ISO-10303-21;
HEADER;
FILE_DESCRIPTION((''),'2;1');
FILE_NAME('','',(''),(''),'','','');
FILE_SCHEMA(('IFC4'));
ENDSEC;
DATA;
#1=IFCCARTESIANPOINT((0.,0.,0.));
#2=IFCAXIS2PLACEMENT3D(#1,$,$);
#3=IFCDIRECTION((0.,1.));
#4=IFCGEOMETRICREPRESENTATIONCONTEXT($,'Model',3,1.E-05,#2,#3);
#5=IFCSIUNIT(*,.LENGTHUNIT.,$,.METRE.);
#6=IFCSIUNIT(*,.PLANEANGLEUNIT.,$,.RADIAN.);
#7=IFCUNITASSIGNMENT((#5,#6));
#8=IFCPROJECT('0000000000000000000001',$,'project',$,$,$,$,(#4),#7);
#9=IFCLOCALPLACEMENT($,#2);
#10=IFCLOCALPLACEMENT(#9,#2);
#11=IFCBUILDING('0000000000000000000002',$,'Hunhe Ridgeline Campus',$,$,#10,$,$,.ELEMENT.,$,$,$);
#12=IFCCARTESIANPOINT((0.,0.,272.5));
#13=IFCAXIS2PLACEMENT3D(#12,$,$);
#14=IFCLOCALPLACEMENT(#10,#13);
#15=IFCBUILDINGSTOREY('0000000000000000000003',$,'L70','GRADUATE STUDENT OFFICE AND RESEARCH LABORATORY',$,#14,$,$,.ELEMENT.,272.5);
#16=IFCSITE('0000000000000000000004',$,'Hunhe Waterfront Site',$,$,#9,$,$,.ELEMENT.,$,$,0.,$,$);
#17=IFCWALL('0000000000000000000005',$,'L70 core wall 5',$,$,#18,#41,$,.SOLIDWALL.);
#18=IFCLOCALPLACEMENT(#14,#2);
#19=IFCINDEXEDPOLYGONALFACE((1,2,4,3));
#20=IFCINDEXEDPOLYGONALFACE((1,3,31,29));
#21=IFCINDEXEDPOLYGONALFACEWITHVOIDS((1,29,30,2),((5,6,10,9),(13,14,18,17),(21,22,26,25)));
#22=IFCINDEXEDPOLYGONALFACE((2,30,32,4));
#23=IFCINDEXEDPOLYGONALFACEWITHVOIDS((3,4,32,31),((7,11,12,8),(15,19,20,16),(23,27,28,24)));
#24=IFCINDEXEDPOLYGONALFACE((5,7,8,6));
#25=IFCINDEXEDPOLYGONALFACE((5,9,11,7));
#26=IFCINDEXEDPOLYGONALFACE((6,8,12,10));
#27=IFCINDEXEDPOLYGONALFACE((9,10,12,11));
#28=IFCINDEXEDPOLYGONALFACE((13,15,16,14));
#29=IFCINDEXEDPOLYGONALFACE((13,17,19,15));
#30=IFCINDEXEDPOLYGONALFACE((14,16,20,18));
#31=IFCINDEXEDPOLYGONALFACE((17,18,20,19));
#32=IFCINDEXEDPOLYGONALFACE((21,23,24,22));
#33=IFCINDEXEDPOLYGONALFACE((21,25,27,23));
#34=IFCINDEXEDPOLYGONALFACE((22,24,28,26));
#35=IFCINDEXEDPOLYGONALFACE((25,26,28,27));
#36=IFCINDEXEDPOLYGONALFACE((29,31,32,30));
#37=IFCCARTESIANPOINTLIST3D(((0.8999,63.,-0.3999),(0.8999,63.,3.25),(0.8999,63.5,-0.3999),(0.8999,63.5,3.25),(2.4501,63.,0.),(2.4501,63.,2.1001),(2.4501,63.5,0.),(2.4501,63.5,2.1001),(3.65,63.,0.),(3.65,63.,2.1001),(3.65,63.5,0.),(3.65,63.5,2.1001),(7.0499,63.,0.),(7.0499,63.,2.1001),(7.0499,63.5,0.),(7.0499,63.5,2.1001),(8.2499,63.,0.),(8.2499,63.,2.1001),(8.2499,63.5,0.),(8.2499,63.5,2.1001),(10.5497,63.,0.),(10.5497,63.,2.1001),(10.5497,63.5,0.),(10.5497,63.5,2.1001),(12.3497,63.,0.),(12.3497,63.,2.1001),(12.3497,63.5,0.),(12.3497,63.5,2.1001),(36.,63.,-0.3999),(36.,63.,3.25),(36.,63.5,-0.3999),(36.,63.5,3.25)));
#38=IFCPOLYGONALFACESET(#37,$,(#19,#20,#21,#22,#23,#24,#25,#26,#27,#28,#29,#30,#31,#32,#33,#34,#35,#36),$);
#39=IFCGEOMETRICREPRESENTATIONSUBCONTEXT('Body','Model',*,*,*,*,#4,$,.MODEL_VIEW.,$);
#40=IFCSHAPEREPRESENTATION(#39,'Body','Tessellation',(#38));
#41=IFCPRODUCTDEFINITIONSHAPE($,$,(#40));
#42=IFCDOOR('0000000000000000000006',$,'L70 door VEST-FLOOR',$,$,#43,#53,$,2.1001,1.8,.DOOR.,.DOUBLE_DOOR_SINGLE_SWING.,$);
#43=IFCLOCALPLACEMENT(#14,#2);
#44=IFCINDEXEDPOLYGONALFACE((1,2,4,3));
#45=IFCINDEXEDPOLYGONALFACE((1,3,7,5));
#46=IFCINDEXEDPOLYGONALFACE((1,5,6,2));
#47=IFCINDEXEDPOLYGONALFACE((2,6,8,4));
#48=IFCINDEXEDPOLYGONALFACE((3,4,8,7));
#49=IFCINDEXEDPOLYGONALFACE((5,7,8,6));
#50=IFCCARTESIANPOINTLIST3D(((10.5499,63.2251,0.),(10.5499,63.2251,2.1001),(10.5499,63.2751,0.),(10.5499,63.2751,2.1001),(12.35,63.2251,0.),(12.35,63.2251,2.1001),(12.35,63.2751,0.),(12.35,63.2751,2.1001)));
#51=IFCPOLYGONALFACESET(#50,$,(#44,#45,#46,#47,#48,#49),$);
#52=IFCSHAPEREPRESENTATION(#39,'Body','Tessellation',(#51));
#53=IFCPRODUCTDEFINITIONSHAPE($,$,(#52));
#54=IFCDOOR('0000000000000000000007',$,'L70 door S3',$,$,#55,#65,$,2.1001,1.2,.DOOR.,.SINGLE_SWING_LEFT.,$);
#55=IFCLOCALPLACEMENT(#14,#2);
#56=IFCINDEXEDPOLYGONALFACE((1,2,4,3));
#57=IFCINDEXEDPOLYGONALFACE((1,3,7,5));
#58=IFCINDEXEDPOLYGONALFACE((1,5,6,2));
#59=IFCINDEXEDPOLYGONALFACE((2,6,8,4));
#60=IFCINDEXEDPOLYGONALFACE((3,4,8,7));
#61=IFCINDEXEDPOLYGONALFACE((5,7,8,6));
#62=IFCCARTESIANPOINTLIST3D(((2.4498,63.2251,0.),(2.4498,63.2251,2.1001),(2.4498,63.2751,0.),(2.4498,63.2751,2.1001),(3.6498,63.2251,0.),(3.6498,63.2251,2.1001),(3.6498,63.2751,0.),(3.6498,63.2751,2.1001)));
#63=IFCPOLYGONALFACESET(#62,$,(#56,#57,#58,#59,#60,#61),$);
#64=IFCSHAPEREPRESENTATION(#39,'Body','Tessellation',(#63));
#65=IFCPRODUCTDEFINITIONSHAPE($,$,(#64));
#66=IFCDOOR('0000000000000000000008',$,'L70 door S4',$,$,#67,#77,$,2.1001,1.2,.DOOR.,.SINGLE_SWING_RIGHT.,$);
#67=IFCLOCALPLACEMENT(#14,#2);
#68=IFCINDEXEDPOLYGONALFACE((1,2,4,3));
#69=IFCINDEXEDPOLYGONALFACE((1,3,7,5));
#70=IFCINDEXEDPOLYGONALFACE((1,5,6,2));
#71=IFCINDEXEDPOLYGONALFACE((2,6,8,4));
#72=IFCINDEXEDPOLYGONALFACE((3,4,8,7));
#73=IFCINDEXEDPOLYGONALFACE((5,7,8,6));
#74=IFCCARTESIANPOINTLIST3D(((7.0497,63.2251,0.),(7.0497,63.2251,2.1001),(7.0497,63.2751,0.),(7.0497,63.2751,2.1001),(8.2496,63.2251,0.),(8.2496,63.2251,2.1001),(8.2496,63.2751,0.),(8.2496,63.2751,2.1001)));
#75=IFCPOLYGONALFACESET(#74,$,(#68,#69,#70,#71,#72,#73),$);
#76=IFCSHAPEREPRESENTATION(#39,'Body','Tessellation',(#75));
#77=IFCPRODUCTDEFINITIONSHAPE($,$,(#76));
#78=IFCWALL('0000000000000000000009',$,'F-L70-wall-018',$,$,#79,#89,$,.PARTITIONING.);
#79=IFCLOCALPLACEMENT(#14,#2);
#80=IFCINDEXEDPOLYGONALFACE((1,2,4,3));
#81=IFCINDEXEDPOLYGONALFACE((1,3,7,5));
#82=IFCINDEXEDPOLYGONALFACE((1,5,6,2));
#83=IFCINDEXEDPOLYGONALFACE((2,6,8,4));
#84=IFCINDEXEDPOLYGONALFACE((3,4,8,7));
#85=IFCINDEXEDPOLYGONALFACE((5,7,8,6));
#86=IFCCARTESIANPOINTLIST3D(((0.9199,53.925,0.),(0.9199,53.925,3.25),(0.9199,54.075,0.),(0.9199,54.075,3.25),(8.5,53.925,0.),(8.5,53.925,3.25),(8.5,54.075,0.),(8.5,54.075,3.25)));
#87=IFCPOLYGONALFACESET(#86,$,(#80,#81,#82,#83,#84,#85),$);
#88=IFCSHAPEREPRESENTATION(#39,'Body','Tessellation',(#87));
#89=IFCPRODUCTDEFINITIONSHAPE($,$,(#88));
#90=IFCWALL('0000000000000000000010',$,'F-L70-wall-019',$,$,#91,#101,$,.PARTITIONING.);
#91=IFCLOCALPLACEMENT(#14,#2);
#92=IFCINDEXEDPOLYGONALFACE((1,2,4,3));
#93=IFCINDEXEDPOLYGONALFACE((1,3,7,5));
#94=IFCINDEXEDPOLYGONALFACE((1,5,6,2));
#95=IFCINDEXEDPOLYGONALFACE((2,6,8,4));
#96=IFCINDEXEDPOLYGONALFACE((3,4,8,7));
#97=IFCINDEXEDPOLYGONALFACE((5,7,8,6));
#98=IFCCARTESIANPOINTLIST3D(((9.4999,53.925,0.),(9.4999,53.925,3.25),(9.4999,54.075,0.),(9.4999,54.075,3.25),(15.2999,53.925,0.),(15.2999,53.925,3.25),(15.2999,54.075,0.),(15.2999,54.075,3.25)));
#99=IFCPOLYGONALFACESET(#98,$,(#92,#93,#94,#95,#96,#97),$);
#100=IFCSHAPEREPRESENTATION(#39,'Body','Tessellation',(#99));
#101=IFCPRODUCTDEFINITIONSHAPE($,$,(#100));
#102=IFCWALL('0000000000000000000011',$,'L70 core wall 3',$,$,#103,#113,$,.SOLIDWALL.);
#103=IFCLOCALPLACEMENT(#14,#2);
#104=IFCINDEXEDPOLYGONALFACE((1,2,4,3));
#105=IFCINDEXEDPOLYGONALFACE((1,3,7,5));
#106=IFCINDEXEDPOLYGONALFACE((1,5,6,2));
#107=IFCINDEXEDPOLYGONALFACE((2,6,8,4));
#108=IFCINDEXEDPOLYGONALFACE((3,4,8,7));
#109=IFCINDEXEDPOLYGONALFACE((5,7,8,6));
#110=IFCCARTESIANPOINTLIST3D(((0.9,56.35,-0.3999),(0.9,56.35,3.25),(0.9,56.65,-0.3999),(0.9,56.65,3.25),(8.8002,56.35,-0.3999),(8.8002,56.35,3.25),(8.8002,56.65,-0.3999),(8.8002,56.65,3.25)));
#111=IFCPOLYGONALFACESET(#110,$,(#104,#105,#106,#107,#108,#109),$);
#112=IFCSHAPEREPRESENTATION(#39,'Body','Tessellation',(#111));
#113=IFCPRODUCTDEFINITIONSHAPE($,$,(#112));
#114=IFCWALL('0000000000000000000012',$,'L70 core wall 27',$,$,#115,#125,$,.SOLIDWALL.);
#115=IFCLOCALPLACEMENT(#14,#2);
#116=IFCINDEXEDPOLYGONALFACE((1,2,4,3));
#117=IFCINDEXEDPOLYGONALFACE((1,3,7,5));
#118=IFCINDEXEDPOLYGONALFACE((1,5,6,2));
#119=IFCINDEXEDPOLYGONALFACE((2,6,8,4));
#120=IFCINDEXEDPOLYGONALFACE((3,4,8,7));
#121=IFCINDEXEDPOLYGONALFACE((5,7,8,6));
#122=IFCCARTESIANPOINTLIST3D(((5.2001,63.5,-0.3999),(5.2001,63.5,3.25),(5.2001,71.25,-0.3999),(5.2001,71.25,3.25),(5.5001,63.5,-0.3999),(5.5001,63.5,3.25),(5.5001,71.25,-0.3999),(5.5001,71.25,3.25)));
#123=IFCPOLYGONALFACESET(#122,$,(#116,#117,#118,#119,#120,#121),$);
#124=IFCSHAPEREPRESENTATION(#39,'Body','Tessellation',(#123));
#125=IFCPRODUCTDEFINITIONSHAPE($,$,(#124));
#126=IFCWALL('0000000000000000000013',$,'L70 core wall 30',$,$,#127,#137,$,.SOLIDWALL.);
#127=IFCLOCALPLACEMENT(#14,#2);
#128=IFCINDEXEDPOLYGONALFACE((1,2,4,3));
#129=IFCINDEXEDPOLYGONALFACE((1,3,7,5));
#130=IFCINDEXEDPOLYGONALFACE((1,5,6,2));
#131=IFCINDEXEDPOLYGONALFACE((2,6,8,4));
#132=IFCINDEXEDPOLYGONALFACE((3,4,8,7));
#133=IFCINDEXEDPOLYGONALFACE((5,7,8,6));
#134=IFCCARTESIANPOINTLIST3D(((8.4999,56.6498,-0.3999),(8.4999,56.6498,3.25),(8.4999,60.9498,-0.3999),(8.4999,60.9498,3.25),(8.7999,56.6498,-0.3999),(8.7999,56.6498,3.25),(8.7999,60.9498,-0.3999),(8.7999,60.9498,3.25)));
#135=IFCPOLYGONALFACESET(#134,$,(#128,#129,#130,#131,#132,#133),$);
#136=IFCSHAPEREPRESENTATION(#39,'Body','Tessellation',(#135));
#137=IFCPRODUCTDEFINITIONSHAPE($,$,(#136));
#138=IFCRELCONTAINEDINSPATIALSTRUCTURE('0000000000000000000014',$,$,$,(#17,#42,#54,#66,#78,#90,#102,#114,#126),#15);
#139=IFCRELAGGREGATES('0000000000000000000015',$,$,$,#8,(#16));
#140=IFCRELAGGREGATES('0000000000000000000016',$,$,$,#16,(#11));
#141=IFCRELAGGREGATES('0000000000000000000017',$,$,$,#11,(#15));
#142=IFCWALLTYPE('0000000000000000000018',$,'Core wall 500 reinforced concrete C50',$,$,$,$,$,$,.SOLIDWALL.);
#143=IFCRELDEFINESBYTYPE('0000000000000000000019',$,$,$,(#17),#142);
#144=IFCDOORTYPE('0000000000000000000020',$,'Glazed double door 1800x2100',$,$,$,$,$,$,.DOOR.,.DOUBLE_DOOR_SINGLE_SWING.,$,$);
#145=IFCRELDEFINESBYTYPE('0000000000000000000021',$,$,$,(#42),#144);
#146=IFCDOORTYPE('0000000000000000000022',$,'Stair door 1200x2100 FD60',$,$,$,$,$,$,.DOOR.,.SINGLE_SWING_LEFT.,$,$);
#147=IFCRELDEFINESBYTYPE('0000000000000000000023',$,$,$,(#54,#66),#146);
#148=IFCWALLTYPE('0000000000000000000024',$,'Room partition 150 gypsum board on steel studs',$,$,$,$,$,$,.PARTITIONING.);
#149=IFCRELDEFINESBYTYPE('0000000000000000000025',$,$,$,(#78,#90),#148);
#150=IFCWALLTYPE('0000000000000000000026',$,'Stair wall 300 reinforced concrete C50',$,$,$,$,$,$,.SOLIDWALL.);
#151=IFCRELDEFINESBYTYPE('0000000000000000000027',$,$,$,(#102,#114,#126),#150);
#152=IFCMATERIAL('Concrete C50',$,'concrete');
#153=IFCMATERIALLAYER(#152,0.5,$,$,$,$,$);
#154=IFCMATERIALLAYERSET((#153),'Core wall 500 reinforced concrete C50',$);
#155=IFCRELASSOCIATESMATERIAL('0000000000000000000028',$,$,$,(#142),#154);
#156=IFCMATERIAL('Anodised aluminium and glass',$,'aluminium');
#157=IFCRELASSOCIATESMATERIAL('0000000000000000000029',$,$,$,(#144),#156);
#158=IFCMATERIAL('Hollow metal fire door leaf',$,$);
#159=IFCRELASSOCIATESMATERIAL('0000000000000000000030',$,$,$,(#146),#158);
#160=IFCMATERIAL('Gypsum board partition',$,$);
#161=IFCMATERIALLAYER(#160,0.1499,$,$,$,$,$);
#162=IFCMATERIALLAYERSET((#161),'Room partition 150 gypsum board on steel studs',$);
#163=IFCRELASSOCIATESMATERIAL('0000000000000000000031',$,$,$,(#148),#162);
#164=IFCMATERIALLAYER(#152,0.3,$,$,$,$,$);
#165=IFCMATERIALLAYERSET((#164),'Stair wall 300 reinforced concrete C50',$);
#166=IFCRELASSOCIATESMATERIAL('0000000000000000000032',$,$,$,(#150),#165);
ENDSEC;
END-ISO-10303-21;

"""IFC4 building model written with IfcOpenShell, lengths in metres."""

from ifc_helpers import new_model, si_unit, direction, frame, frame_2d, origin, place, context, subcontext, project, spatial, rectangle, extrude, material, layer, layer_set, type_object, element, fill, save


model = new_model("IFC4")

# Units and contexts
model_context = context("Model", 3, precision=1e-05, world=origin(), true_north=direction((0.0, 1.0)))
body_context = subcontext(model_context, "Body", "Model", "MODEL_VIEW")
ifc_project = project(units=[si_unit("LENGTHUNIT", "METRE"), si_unit("PLANEANGLEUNIT", "RADIAN")], contexts=[model_context])

# Site, building, storey
site_placement = place(None, origin())
site = spatial("IfcSite", under=ifc_project, at=site_placement, Name="Hunhe Waterfront Site", CompositionType="ELEMENT", RefElevation=0.0)
building_placement = place(site_placement, origin())
building = spatial("IfcBuilding", under=site, at=building_placement, Name="Hunhe Ridgeline Campus", CompositionType="ELEMENT")
storey_placement = place(building_placement, frame((0.0, 0.0, 272.5)))
storey = spatial("IfcBuildingStorey", under=building, at=storey_placement, Name="L70", Description="GRADUATE STUDENT OFFICE AND RESEARCH LABORATORY", CompositionType="ELEMENT", Elevation=272.5)

# Wall, openings, doors
ifc_material_1 = material(Name="Concrete C50", Category="concrete")
ifc_layer_1 = layer(ifc_material_1, 0.5)
ifc_layer_set_1 = layer_set([ifc_layer_1], Name="Core wall 500 reinforced concrete C50")
wall_type_1 = type_object("IfcWallType", Name="Core wall 500 reinforced concrete C50", PredefinedType="SOLIDWALL", material=ifc_layer_set_1)
wall_1_placement = place(storey_placement, frame((0.8999, 63.25, -0.3999), z_axis=(0.0, 0.0, 1.0), x_axis=(1.0, 0.0, 0.0)))
wall_1 = element("IfcWall", 1, at=wall_1_placement, inside=storey, type_object=wall_type_1, Name="L70 core wall 5", PredefinedType="SOLIDWALL", context=body_context, shape_type="SweptSolid", body=[
    extrude(rectangle(XDim=35.1001, YDim=0.5, at=frame_2d((17.55, 0.0))), origin(), (0.0, 0.0, 1.0), 3.6499),
])
opening_1_placement = place(wall_1_placement, frame((9.6499, 0.0, 0.3999)))
opening_1 = element("IfcOpeningElement", 2, at=opening_1_placement, cuts=wall_1, PredefinedType="OPENING", context=body_context, shape_type="SweptSolid", body=[
    extrude(rectangle(XDim=1.8, YDim=2.1001, at=frame_2d((0.8999, 1.05))), frame((0.0, 0.25, 0.0), z_axis=(0.0, -1.0, 0.0), x_axis=(1.0, 0.0, 0.0)), (0.0, 0.0, 1.0), 0.5),
])
opening_2_placement = place(wall_1_placement, frame((1.55, 0.0, 0.3999)))
opening_2 = element("IfcOpeningElement", 3, at=opening_2_placement, cuts=wall_1, PredefinedType="OPENING", context=body_context, shape_type="SweptSolid", body=[
    extrude(rectangle(XDim=1.2, YDim=2.1001, at=frame_2d((0.6001, 1.05))), frame((0.0, 0.25, 0.0), z_axis=(0.0, -1.0, 0.0), x_axis=(1.0, 0.0, 0.0)), (0.0, 0.0, 1.0), 0.5),
])
opening_3_placement = place(wall_1_placement, frame((6.1499, 0.0, 0.3999)))
opening_3 = element("IfcOpeningElement", 4, at=opening_3_placement, cuts=wall_1, PredefinedType="OPENING", context=body_context, shape_type="SweptSolid", body=[
    extrude(rectangle(XDim=1.2, YDim=2.1001, at=frame_2d((0.6001, 1.05))), frame((0.0, 0.25, 0.0), z_axis=(0.0, -1.0, 0.0), x_axis=(1.0, 0.0, 0.0)), (0.0, 0.0, 1.0), 0.5),
])
ifc_material_2 = material(Name="Anodised aluminium and glass", Category="aluminium")
door_type_1 = type_object("IfcDoorType", Name="Glazed double door 1800x2100", OperationType="DOUBLE_DOOR_SINGLE_SWING", PredefinedType="DOOR", material=ifc_material_2)
door_1_placement = place(opening_1_placement, frame((1.8, 0.0, 0.0), z_axis=(0.0, 0.0, 1.0), x_axis=(-1.0, 0.0, 0.0)))
door_1 = element("IfcDoor", 5, at=door_1_placement, inside=storey, type_object=door_type_1, Name="L70 door VEST-FLOOR", OperationType="DOUBLE_DOOR_SINGLE_SWING", OverallHeight=2.1001, OverallWidth=1.8, PredefinedType="DOOR", context=body_context, shape_type="SweptSolid", body=[
    extrude(rectangle(XDim=1.8, YDim=2.1001, at=frame_2d((0.8999, 1.05))), frame((0.0, 0.0249, 0.0), z_axis=(0.0, -1.0, 0.0), x_axis=(1.0, 0.0, 0.0)), (0.0, 0.0, 1.0), 0.05),
])
fill(opening_1, door_1)
ifc_material_3 = material(Name="Hollow metal fire door leaf")
door_type_2 = type_object("IfcDoorType", Name="Stair door 1200x2100 FD60", OperationType="SINGLE_SWING_LEFT", PredefinedType="DOOR", material=ifc_material_3)
door_2_placement = place(opening_2_placement, frame((1.2, 0.0, 0.0), z_axis=(0.0, 0.0, 1.0), x_axis=(-1.0, 0.0, 0.0)))
door_2 = element("IfcDoor", 6, at=door_2_placement, inside=storey, type_object=door_type_2, Name="L70 door S3", OperationType="SINGLE_SWING_LEFT", OverallHeight=2.1001, OverallWidth=1.2, PredefinedType="DOOR", context=body_context, shape_type="SweptSolid", body=[
    extrude(rectangle(XDim=1.2, YDim=2.1001, at=frame_2d((0.6001, 1.05))), frame((0.0, 0.0249, 0.0), z_axis=(0.0, -1.0, 0.0), x_axis=(1.0, 0.0, 0.0)), (0.0, 0.0, 1.0), 0.05),
])
fill(opening_2, door_2)
door_3_placement = place(opening_3_placement, frame((1.2, 0.0, 0.0), z_axis=(0.0, 0.0, 1.0), x_axis=(-1.0, 0.0, 0.0)))
door_3 = element("IfcDoor", 7, at=door_3_placement, inside=storey, type_object=door_type_2, Name="L70 door S4", OperationType="SINGLE_SWING_RIGHT", OverallHeight=2.1001, OverallWidth=1.2, PredefinedType="DOOR", context=body_context, shape_type="SweptSolid", body=[
    extrude(rectangle(XDim=1.2, YDim=2.1001, at=frame_2d((0.6001, 1.05))), frame((0.0, 0.0249, 0.0), z_axis=(0.0, -1.0, 0.0), x_axis=(1.0, 0.0, 0.0)), (0.0, 0.0, 1.0), 0.05),
])
fill(opening_3, door_3)

# Walls
ifc_material_4 = material(Name="Gypsum board partition")
ifc_layer_2 = layer(ifc_material_4, 0.1499)
ifc_layer_set_2 = layer_set([ifc_layer_2], Name="Room partition 150 gypsum board on steel studs")
wall_type_2 = type_object("IfcWallType", Name="Room partition 150 gypsum board on steel studs", PredefinedType="PARTITIONING", material=ifc_layer_set_2)
wall_2_placement = place(storey_placement, frame((0.9199, 54.0, 0.0), z_axis=(0.0, 0.0, 1.0), x_axis=(1.0, 0.0, 0.0)))
element("IfcWall", 8, at=wall_2_placement, inside=storey, type_object=wall_type_2, Name="F-L70-wall-018", PredefinedType="PARTITIONING", context=body_context, shape_type="SweptSolid", body=[
    extrude(rectangle(XDim=7.5801, YDim=0.1499, at=frame_2d((3.79, 0.0))), origin(), (0.0, 0.0, 1.0), 3.25),
])
wall_3_placement = place(storey_placement, frame((9.5, 54.0, 0.0), z_axis=(0.0, 0.0, 1.0), x_axis=(1.0, 0.0, 0.0)))
element("IfcWall", 9, at=wall_3_placement, inside=storey, type_object=wall_type_2, Name="F-L70-wall-019", PredefinedType="PARTITIONING", context=body_context, shape_type="SweptSolid", body=[
    extrude(rectangle(XDim=5.8, YDim=0.1499, at=frame_2d((2.8999, 0.0))), origin(), (0.0, 0.0, 1.0), 3.25),
])
ifc_layer_3 = layer(ifc_material_1, 0.3)
ifc_layer_set_3 = layer_set([ifc_layer_3], Name="Stair wall 300 reinforced concrete C50")
wall_type_3 = type_object("IfcWallType", Name="Stair wall 300 reinforced concrete C50", PredefinedType="SOLIDWALL", material=ifc_layer_set_3)
wall_4_placement = place(storey_placement, frame((0.8999, 56.5, -0.3999), z_axis=(0.0, 0.0, 1.0), x_axis=(1.0, 0.0, 0.0)))
element("IfcWall", 10, at=wall_4_placement, inside=storey, type_object=wall_type_3, Name="L70 core wall 3", PredefinedType="SOLIDWALL", context=body_context, shape_type="SweptSolid", body=[
    extrude(rectangle(XDim=7.9001, YDim=0.3, at=frame_2d((3.9502, 0.0))), origin(), (0.0, 0.0, 1.0), 3.6499),
])

# Walls
wall_5_placement = place(storey_placement, frame((5.3501, 63.5, -0.3999), z_axis=(0.0, 0.0, 1.0), x_axis=(0.0, 1.0, 0.0)))
element("IfcWall", 11, at=wall_5_placement, inside=storey, type_object=wall_type_3, Name="L70 core wall 27", PredefinedType="SOLIDWALL", context=body_context, shape_type="SweptSolid", body=[
    extrude(rectangle(XDim=7.75, YDim=0.3, at=frame_2d((3.875, 0.0))), origin(), (0.0, 0.0, 1.0), 3.6499),
])
wall_6_placement = place(storey_placement, frame((8.6499, 56.6499, -0.3999), z_axis=(0.0, 0.0, 1.0), x_axis=(0.0, 1.0, 0.0)))
element("IfcWall", 12, at=wall_6_placement, inside=storey, type_object=wall_type_3, Name="L70 core wall 30", PredefinedType="SOLIDWALL", context=body_context, shape_type="SweptSolid", body=[
    extrude(rectangle(XDim=4.3, YDim=0.3, at=frame_2d((2.1499, 0.0))), origin(), (0.0, 0.0, 1.0), 3.6499),
])

save(model, "model.ifc")
